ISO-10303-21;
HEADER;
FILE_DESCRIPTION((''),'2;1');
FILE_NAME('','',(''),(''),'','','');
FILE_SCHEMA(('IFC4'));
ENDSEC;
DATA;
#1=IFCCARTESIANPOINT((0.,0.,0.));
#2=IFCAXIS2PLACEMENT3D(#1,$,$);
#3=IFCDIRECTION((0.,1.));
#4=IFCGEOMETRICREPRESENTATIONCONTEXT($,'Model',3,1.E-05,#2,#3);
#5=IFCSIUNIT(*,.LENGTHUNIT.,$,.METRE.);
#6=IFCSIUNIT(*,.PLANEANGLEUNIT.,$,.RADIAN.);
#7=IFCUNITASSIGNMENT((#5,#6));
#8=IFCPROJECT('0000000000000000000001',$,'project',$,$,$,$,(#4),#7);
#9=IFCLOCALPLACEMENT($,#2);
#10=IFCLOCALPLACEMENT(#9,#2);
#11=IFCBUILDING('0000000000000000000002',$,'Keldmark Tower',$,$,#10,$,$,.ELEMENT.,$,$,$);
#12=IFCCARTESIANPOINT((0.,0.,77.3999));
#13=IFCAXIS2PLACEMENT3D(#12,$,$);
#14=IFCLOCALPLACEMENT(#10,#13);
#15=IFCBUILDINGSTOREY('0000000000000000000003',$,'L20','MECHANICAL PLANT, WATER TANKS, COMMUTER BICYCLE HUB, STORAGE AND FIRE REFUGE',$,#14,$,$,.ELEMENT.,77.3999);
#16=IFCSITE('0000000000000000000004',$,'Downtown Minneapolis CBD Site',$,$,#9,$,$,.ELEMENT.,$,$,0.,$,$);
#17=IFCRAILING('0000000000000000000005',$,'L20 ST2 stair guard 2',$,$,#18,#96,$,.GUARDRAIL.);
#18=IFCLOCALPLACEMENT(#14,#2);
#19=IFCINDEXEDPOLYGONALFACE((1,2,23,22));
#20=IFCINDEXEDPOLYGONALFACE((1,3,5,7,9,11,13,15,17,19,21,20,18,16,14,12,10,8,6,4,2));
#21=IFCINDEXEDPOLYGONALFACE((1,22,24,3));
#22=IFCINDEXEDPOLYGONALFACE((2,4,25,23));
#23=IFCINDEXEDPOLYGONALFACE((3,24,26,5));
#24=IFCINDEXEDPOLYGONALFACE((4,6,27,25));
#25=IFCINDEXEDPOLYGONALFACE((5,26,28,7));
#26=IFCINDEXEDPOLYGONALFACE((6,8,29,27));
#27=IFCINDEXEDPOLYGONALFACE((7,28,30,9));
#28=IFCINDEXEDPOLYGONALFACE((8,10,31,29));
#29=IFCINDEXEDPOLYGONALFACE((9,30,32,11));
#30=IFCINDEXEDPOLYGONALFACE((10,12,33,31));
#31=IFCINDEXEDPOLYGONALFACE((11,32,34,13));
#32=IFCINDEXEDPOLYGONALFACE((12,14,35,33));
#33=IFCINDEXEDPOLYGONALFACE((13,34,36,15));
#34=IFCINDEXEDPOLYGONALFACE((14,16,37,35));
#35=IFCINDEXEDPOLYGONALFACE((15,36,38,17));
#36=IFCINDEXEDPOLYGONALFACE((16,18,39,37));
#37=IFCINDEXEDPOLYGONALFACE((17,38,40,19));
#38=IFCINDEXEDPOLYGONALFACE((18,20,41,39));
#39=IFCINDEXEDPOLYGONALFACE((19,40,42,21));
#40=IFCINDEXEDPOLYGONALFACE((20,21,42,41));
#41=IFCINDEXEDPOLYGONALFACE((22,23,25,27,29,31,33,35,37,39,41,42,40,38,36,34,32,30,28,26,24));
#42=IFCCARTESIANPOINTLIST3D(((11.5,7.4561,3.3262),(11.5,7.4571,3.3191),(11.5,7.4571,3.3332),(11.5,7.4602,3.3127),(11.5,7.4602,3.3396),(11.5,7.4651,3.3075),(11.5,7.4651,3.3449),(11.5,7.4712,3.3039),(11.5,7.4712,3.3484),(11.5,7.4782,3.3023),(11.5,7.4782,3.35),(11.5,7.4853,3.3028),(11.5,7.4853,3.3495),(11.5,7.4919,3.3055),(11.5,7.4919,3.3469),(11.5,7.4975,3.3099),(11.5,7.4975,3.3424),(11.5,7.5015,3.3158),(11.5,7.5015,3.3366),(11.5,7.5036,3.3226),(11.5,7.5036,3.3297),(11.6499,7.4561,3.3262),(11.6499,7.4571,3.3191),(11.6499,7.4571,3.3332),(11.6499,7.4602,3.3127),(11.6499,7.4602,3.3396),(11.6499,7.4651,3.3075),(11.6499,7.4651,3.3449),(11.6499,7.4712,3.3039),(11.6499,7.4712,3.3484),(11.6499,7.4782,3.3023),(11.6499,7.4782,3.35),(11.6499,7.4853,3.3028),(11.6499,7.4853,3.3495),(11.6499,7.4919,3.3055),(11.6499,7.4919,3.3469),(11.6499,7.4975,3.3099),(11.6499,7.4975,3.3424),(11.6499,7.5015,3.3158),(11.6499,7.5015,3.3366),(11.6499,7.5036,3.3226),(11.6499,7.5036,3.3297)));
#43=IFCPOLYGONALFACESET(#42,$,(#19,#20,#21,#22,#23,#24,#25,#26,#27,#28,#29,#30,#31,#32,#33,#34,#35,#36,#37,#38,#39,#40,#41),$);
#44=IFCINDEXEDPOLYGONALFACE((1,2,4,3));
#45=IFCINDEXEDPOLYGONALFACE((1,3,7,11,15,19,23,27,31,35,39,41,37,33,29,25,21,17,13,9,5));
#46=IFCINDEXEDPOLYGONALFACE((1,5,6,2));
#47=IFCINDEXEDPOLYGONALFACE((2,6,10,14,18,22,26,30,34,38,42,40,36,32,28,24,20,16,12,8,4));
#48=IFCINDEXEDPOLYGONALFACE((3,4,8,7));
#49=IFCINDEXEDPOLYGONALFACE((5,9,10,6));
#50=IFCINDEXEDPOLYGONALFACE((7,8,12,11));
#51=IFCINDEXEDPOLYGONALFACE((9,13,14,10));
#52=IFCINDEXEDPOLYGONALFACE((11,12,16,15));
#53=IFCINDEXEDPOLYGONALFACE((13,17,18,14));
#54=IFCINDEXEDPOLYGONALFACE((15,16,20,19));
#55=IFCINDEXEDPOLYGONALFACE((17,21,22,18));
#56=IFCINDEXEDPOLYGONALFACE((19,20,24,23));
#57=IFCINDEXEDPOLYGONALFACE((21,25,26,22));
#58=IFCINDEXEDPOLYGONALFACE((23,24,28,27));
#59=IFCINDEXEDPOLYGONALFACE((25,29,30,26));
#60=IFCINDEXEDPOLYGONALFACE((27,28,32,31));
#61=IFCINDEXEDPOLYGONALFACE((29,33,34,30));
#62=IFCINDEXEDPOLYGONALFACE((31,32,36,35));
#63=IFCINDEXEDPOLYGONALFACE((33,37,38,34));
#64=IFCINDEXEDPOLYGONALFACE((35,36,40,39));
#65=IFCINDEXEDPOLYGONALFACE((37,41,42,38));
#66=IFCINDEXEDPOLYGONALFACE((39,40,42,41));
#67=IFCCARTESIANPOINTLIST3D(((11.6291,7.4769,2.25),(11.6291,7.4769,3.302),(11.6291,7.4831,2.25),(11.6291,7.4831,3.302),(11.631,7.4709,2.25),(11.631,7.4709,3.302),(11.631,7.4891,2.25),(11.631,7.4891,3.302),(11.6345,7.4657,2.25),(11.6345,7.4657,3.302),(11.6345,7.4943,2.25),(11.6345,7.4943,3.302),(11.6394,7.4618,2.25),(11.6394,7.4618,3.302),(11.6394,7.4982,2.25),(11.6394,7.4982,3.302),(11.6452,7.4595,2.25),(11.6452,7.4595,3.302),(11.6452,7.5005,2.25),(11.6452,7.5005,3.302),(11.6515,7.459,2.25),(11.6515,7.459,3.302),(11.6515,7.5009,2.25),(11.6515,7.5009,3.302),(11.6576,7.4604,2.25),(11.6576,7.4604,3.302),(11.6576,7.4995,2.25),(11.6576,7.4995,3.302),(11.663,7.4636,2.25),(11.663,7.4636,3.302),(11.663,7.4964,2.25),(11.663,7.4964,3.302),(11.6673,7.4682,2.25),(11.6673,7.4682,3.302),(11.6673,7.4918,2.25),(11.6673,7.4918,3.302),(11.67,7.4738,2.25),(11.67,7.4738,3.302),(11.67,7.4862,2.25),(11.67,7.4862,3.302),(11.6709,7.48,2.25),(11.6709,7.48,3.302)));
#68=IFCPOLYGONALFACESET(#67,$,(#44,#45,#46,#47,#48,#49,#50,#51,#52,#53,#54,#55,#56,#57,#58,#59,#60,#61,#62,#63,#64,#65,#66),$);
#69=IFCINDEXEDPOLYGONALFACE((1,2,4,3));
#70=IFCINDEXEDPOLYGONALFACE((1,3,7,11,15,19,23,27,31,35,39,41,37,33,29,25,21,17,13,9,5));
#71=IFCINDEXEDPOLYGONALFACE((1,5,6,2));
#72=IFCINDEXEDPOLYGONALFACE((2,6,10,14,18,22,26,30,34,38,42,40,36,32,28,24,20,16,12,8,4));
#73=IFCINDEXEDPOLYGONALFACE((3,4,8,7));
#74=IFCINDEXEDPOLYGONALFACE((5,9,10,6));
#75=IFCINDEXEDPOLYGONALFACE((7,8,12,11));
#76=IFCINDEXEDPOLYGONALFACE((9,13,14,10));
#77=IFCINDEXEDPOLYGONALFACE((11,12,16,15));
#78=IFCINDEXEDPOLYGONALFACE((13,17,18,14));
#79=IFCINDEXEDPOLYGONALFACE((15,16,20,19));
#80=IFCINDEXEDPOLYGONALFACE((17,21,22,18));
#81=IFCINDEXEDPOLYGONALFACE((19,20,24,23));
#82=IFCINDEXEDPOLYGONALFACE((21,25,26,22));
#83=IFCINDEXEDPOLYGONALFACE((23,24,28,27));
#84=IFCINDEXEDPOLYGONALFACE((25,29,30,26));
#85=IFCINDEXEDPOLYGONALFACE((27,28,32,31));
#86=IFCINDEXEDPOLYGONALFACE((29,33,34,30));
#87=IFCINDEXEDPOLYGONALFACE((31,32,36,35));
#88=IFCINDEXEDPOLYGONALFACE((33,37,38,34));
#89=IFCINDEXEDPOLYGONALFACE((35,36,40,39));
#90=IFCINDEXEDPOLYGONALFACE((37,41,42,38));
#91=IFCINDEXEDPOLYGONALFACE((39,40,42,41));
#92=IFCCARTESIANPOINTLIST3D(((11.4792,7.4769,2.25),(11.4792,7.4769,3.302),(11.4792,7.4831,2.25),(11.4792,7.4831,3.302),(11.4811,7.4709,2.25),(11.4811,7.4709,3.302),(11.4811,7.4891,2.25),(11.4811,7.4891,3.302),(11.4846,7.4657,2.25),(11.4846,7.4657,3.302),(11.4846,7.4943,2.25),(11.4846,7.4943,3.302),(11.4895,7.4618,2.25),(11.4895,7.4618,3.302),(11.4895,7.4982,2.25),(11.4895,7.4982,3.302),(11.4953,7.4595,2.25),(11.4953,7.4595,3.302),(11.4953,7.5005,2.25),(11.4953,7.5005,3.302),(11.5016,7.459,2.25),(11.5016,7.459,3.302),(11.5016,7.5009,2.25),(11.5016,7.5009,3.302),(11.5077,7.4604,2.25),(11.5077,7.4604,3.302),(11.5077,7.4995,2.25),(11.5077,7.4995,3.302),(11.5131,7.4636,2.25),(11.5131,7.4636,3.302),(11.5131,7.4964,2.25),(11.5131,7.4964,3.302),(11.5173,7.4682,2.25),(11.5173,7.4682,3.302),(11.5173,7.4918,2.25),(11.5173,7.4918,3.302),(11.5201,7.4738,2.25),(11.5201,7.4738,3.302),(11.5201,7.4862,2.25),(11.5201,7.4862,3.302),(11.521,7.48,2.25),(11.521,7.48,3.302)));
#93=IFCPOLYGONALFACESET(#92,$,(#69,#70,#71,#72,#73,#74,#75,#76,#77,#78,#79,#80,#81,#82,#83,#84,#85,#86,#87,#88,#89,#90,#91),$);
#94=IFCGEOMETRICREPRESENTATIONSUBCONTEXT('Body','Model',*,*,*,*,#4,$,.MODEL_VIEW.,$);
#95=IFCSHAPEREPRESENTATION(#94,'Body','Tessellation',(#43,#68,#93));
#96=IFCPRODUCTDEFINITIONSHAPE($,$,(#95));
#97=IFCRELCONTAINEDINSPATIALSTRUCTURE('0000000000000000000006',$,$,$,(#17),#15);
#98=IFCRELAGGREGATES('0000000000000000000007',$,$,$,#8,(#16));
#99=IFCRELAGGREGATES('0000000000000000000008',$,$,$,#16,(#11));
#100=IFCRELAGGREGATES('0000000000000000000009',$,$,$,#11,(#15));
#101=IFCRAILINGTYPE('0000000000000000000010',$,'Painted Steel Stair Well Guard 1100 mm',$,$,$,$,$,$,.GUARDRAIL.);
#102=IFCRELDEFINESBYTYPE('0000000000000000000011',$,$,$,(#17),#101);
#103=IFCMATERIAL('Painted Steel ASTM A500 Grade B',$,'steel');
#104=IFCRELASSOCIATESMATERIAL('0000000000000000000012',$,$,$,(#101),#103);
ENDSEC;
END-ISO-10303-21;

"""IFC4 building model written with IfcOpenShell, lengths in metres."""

from ifc_helpers import new_model, si_unit, direction, frame, origin, origin_2d, place, context, subcontext, project, spatial, circle, extrude, material, type_object, element, save


model = new_model("IFC4")

# Units and contexts
model_context = context("Model", 3, precision=1e-05, world=origin(), true_north=direction((0.0, 1.0)))
body_context = subcontext(model_context, "Body", "Model", "MODEL_VIEW")
ifc_project = project(units=[si_unit("LENGTHUNIT", "METRE"), si_unit("PLANEANGLEUNIT", "RADIAN")], contexts=[model_context])

# Site, building, storey
site_placement = place(None, origin())
site = spatial("IfcSite", under=ifc_project, at=site_placement, Name="Downtown Minneapolis CBD Site", CompositionType="ELEMENT", RefElevation=0.0)
building_placement = place(site_placement, origin())
building = spatial("IfcBuilding", under=site, at=building_placement, Name="Keldmark Tower", CompositionType="ELEMENT")
storey_placement = place(building_placement, frame((0.0, 0.0, 77.3999)))
storey = spatial("IfcBuildingStorey", under=building, at=storey_placement, Name="L20", Description="MECHANICAL PLANT, WATER TANKS, COMMUTER BICYCLE HUB, STORAGE AND FIRE REFUGE", CompositionType="ELEMENT", Elevation=77.3999)

# Railing
ifc_material_1 = material(Name="Painted Steel ASTM A500 Grade B", Category="steel")
railing_type_1 = type_object("IfcRailingType", Name="Painted Steel Stair Well Guard 1100 mm", PredefinedType="GUARDRAIL", material=ifc_material_1)
railing_1_placement = place(storey_placement, frame((11.6499, 7.48, 2.25)))
element("IfcRailing", 1, at=railing_1_placement, inside=storey, type_object=railing_type_1, Name="L20 ST2 stair guard 2", PredefinedType="GUARDRAIL", context=body_context, shape_type="SweptSolid", body=[
    extrude(circle(Radius=0.0239, at=origin_2d()), frame((0.0, 0.0, 1.0762), z_axis=(-1.0, 0.0, 0.0), x_axis=(0.0, -1.0, 0.0)), (0.0, 0.0, 1.0), 0.1499),
    extrude(circle(Radius=0.021, at=origin_2d()), origin(), (0.0, 0.0, 1.0), 1.052),
    extrude(circle(Radius=0.021, at=origin_2d()), frame((-0.1499, 0.0, 0.0)), (0.0, 0.0, 1.0), 1.052),
])

save(model, "model.ifc")
